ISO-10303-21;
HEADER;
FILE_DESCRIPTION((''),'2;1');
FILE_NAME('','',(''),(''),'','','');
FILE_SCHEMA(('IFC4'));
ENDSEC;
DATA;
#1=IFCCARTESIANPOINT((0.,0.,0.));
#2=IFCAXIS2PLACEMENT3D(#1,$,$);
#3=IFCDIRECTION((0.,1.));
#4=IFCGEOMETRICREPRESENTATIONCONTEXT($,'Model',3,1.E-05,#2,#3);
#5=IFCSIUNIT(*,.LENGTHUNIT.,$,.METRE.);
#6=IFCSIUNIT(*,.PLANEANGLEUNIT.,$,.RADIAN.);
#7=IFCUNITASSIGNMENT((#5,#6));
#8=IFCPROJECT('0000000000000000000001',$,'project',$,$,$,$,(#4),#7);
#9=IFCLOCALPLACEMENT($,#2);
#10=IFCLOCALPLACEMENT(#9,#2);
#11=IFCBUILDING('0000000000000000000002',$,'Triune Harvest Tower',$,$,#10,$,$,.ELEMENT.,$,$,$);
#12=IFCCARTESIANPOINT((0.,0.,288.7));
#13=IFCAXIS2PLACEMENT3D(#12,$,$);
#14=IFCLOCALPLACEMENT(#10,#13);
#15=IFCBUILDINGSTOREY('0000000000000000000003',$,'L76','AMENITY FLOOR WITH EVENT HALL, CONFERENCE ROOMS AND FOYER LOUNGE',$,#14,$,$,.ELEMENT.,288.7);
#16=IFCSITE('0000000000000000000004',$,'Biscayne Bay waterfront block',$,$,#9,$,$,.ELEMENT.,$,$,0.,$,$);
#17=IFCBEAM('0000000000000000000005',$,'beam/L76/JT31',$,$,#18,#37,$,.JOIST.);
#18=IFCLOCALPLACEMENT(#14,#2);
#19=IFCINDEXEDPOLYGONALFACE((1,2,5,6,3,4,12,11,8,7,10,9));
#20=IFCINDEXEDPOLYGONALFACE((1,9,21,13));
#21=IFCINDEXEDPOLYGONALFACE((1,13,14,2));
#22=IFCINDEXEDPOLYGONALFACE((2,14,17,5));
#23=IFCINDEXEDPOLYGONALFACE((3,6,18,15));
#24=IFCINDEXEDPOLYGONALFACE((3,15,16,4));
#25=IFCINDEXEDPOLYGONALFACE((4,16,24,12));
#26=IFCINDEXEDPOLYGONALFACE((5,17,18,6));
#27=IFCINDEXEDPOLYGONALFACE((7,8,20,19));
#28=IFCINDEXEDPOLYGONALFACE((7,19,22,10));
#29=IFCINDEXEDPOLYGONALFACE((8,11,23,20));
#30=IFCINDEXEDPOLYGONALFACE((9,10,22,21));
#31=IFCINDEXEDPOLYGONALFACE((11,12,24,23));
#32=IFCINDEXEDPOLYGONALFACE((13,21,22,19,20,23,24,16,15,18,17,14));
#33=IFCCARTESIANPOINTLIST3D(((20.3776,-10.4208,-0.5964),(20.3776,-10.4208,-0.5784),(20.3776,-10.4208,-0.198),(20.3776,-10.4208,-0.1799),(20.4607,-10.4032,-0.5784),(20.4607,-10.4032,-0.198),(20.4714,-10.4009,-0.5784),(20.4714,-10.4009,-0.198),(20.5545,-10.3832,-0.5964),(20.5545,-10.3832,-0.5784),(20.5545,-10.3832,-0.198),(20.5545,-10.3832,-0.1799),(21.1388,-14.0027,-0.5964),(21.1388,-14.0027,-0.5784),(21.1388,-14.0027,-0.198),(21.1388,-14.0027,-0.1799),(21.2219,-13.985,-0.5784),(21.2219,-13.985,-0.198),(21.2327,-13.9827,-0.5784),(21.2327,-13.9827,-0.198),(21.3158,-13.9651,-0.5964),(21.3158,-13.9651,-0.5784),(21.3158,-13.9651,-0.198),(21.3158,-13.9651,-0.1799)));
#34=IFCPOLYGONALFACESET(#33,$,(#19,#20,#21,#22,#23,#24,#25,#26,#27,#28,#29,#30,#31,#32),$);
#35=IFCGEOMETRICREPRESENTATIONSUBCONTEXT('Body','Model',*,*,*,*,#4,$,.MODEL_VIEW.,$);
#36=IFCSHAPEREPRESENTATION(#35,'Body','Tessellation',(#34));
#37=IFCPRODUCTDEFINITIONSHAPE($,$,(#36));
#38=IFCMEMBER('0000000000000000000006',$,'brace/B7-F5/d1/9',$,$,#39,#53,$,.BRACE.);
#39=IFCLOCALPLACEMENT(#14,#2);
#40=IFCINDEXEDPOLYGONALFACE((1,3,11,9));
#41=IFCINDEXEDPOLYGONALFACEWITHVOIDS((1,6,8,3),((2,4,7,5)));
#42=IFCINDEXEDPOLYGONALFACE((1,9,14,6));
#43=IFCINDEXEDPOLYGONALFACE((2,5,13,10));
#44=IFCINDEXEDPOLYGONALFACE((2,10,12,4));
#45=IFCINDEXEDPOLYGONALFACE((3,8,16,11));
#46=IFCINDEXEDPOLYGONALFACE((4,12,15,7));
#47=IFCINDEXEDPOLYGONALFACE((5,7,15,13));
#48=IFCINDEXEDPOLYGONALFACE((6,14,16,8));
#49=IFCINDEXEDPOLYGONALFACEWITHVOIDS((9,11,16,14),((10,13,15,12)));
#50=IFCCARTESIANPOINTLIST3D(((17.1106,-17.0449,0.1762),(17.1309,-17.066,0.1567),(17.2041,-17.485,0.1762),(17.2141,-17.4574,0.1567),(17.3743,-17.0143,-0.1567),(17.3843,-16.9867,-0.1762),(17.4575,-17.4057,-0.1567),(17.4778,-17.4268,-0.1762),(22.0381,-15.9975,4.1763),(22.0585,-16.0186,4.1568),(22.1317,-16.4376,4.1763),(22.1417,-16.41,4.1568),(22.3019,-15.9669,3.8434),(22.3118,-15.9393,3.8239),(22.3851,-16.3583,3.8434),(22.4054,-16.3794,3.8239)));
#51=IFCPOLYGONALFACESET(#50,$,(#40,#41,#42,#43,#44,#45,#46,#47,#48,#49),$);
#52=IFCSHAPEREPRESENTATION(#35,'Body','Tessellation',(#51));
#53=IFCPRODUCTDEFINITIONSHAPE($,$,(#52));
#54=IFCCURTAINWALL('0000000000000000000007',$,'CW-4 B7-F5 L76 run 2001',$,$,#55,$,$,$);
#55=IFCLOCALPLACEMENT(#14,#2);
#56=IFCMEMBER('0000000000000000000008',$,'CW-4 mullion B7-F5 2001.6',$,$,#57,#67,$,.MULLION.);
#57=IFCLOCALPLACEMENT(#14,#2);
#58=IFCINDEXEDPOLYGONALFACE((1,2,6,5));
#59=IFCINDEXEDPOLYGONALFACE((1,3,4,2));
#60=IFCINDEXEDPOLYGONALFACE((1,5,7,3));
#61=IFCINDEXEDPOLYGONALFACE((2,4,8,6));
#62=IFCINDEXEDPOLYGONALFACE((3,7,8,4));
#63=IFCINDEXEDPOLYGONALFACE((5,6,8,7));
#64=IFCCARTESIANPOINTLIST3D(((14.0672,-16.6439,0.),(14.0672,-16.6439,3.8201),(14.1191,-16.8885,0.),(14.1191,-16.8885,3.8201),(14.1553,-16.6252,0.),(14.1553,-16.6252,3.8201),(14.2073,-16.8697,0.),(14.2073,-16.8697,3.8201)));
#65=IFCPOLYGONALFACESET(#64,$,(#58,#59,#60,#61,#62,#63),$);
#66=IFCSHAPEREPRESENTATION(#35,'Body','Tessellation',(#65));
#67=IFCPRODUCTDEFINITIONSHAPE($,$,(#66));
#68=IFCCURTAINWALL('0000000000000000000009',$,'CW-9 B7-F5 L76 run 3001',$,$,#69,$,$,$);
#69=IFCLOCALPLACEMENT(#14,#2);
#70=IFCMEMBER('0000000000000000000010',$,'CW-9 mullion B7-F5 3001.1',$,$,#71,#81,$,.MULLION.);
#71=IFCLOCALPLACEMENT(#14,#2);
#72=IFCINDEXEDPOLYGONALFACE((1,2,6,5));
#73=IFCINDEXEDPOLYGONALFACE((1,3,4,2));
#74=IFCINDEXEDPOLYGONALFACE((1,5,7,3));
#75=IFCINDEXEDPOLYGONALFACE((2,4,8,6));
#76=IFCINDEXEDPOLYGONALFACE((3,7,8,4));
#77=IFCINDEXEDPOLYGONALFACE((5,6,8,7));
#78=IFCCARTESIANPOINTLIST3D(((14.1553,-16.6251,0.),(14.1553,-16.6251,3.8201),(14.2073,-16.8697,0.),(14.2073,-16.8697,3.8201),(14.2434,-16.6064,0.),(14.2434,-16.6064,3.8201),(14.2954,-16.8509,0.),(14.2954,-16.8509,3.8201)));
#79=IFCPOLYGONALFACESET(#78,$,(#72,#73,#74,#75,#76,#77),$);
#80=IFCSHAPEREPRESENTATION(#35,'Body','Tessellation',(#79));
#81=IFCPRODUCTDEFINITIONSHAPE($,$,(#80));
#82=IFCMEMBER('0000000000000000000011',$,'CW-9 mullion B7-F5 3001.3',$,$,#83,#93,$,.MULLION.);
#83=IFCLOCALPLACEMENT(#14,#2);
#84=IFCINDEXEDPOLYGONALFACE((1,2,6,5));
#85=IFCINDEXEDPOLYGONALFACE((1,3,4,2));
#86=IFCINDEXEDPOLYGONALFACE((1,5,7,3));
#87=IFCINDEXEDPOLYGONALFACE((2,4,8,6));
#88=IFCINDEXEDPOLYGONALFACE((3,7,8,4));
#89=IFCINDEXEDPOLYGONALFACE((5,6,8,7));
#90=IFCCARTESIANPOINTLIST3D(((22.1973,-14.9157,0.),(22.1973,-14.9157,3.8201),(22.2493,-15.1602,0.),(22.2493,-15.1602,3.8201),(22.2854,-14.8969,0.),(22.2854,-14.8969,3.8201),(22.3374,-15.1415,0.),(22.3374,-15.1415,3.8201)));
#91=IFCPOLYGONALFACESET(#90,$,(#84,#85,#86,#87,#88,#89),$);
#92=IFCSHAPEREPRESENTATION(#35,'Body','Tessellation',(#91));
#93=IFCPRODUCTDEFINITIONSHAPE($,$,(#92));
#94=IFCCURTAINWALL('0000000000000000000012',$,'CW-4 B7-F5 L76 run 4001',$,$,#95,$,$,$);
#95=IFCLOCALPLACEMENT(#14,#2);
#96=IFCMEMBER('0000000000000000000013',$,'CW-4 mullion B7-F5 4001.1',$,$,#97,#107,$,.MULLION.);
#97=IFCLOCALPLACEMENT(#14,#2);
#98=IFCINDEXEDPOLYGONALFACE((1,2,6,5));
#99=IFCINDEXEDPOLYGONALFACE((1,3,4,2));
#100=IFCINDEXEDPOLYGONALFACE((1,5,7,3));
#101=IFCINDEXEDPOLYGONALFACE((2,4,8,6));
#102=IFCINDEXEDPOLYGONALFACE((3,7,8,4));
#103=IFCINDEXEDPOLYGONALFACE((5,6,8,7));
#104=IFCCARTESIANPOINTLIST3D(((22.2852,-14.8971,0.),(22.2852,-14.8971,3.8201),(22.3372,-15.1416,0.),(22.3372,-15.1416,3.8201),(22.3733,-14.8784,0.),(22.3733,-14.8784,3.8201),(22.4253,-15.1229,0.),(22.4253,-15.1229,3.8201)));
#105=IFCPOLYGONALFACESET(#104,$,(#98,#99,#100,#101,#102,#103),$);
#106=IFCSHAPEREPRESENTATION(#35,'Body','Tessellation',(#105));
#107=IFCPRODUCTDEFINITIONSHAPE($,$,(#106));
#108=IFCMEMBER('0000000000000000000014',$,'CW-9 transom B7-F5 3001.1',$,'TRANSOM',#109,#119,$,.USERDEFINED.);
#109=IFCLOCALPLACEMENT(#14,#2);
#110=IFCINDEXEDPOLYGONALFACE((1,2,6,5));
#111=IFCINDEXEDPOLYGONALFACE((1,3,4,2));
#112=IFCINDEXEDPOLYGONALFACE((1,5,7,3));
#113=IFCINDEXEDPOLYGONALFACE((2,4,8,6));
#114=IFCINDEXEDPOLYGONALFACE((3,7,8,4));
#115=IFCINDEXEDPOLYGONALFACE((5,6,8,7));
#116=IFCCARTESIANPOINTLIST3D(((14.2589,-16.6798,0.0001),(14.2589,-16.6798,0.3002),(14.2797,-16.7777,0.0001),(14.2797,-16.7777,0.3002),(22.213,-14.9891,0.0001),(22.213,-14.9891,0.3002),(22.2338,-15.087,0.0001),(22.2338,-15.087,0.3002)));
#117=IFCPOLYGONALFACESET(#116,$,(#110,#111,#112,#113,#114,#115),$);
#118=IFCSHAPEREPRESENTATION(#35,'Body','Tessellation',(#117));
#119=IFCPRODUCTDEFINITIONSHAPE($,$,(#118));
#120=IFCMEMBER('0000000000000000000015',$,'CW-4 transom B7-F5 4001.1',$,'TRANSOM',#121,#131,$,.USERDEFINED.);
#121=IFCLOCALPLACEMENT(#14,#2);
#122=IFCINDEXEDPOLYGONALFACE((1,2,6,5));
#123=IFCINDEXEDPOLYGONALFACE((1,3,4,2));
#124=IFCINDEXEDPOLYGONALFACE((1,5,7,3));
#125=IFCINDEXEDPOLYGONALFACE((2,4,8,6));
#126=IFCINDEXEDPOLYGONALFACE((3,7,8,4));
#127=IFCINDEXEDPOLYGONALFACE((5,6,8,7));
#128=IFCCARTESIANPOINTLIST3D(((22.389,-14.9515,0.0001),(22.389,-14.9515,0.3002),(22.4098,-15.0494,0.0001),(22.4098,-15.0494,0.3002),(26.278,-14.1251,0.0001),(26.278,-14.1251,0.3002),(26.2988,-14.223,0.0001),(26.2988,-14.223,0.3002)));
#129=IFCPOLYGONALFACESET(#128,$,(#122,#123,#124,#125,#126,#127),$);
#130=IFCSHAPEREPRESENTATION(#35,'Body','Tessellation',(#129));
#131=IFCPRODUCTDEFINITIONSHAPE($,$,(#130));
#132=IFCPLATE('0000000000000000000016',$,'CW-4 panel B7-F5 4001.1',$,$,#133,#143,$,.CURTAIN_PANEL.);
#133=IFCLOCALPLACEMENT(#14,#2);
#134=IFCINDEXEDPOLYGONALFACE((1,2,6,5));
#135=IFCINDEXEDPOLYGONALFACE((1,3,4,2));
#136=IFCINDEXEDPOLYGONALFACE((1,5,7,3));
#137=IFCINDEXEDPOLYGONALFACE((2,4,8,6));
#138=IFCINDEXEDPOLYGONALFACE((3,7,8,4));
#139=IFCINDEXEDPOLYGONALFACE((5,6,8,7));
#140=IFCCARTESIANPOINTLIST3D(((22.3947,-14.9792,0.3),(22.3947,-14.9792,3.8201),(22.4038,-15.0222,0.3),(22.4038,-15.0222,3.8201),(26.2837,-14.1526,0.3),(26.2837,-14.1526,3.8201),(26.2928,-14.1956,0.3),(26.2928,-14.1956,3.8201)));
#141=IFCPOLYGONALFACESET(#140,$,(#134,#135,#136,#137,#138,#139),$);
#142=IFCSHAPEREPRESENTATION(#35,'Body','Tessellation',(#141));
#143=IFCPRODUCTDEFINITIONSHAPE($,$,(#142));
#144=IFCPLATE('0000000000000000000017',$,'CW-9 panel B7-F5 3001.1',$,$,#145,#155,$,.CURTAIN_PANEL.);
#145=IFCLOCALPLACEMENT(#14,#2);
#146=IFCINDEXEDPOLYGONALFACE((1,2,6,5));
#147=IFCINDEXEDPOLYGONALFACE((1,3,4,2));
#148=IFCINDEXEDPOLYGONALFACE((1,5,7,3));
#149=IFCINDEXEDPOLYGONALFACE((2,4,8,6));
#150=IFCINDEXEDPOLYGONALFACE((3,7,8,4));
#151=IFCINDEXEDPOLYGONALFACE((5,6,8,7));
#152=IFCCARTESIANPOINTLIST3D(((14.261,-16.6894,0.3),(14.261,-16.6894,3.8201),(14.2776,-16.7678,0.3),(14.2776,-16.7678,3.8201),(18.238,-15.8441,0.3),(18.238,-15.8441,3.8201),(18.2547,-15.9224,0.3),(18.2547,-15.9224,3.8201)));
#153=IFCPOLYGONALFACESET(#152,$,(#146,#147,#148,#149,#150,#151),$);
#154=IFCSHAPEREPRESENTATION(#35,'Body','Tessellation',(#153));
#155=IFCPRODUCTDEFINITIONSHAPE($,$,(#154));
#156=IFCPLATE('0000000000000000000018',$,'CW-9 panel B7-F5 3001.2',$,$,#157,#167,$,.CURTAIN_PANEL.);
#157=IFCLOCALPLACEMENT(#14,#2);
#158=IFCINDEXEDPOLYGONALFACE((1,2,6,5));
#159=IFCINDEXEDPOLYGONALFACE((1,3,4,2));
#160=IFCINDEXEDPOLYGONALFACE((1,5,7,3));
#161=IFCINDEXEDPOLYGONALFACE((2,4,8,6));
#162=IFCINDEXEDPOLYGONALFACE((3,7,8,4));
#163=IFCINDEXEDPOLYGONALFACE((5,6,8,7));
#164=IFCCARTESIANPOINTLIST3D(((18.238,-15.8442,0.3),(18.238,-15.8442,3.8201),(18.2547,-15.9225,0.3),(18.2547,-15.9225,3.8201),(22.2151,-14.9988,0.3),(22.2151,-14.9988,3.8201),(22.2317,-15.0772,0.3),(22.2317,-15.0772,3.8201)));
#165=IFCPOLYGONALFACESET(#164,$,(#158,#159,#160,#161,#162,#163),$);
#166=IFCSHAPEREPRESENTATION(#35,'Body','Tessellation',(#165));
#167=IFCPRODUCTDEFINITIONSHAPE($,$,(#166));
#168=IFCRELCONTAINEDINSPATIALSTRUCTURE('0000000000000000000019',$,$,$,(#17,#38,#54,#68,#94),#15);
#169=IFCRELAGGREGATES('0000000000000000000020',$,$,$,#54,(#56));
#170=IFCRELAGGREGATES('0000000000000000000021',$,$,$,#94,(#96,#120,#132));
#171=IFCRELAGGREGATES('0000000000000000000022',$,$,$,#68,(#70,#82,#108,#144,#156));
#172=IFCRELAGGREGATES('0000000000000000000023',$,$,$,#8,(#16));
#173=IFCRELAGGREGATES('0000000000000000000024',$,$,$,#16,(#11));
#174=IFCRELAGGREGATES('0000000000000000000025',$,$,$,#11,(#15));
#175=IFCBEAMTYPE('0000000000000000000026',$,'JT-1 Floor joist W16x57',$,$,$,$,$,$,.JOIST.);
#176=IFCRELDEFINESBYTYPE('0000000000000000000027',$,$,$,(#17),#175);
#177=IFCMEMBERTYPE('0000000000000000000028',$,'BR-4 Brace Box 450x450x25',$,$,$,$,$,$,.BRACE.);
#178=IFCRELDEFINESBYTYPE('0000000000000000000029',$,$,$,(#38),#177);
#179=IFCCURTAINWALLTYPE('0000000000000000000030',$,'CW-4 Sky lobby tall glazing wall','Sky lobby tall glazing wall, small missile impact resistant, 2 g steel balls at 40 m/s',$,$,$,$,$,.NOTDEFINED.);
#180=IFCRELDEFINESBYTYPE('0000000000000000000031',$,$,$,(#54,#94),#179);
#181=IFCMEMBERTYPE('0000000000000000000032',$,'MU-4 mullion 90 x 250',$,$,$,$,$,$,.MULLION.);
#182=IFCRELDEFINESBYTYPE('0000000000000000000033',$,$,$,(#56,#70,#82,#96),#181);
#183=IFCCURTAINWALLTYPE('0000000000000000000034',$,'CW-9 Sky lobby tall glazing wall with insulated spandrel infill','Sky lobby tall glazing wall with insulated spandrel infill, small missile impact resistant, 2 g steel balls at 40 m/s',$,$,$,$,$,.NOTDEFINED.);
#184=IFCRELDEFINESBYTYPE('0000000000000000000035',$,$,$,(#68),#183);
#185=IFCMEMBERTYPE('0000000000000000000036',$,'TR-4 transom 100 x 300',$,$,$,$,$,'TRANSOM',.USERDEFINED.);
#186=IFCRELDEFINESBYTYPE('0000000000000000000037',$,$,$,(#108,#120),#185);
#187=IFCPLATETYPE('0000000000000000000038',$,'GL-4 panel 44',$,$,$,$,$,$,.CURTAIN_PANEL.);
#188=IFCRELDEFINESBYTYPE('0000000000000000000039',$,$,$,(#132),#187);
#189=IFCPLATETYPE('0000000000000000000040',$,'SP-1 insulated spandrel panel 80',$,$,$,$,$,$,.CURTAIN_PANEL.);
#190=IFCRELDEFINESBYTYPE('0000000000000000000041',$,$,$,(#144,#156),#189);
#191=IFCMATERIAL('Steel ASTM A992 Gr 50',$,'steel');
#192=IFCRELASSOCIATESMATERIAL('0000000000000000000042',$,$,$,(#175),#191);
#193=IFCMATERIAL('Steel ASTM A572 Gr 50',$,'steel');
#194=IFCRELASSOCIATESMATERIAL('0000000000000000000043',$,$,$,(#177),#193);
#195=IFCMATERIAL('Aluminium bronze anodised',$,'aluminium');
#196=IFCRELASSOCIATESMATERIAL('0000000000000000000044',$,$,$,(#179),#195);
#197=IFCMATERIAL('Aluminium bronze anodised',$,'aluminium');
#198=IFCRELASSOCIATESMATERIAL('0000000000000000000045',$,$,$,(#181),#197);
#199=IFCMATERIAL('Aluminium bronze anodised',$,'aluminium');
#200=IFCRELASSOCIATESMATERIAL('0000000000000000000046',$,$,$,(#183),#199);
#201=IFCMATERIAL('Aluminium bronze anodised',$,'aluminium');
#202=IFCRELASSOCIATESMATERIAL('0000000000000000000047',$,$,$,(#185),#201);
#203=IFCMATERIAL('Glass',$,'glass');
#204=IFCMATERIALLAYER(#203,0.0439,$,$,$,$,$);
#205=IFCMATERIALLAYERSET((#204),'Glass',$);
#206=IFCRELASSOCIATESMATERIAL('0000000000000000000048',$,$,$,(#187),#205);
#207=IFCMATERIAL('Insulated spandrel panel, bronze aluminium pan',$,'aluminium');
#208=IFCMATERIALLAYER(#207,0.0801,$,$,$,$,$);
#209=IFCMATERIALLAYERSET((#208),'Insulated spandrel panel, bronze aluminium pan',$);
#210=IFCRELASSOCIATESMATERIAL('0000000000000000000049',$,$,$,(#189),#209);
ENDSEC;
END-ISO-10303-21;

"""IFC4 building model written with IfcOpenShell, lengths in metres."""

from ifc_helpers import new_model, si_unit, direction, frame, origin, origin_2d, place, context, subcontext, project, spatial, rectangle, hollow_rectangle, i_section, extrude, source, transform, mapped, material, layer, layer_set, material_profile, profile_set, type_object, element, aggregate, save


model = new_model("IFC4")

# Units and contexts
model_context = context("Model", 3, precision=1e-05, world=origin(), true_north=direction((0.0, 1.0)))
body_context = subcontext(model_context, "Body", "Model", "MODEL_VIEW")
ifc_project = project(units=[si_unit("LENGTHUNIT", "METRE"), si_unit("PLANEANGLEUNIT", "RADIAN")], contexts=[model_context])

# Site, building, storey
site_placement = place(None, origin())
site = spatial("IfcSite", under=ifc_project, at=site_placement, Name="Biscayne Bay waterfront block", CompositionType="ELEMENT", RefElevation=0.0)
building_placement = place(site_placement, origin())
building = spatial("IfcBuilding", under=site, at=building_placement, Name="Triune Harvest Tower", CompositionType="ELEMENT")
storey_placement = place(building_placement, frame((0.0, 0.0, 288.7)))
storey = spatial("IfcBuildingStorey", under=building, at=storey_placement, Name="L76", Description="AMENITY FLOOR WITH EVENT HALL, CONFERENCE ROOMS AND FOYER LOUNGE", CompositionType="ELEMENT", Elevation=288.7)

# Beam
ifc_material_1 = material(Name="Steel ASTM A992 Gr 50", Category="steel")
ifc_material_profile_1 = material_profile(ifc_material_1, i_section(OverallWidth=0.1809, OverallDepth=0.4165, WebThickness=0.011, FlangeThickness=0.0181, at=origin_2d()), Name="W16x57")
ifc_profile_set_1 = profile_set([ifc_material_profile_1], Name="Steel ASTM A992 Gr 50")
beam_type_1 = type_object("IfcBeamType", Name="JT-1 Floor joist W16x57", PredefinedType="JOIST", material=ifc_profile_set_1)
shared_shape_1 = source(origin(), body_context, "Body", "SweptSolid", [
    extrude(i_section(OverallWidth=0.1809, OverallDepth=0.4165, WebThickness=0.011, FlangeThickness=0.0181, at=origin_2d()), origin(), (0.0, 0.0, 1.0), 3.6619),
])
beam_1_placement = place(storey_placement, frame((21.2273, -13.9839, -0.3882), z_axis=(-0.207885, 0.978153, 0.0), x_axis=(-0.978153, -0.207885, 0.0)))
element("IfcBeam", 1, at=beam_1_placement, inside=storey, type_object=beam_type_1, Name="beam/L76/JT31", PredefinedType="JOIST", context=body_context, shape_type="MappedRepresentation", body=[
    mapped(shared_shape_1, transform((0.0, 0.0, 0.0), scale=1.0)),
])

# Member
ifc_material_2 = material(Name="Steel ASTM A572 Gr 50", Category="steel")
ifc_material_profile_2 = material_profile(ifc_material_2, hollow_rectangle(XDim=0.45, YDim=0.45, WallThickness=0.0249, at=origin_2d()), Name="Box 450x450x25")
ifc_profile_set_2 = profile_set([ifc_material_profile_2], Name="Steel ASTM A572 Gr 50")
member_type_1 = type_object("IfcMemberType", Name="BR-4 Brace Box 450x450x25", PredefinedType="BRACE", material=ifc_profile_set_2)
shared_shape_2 = source(origin(), body_context, "Body", "SweptSolid", [
    extrude(hollow_rectangle(XDim=0.45, YDim=0.45, WallThickness=0.0249, at=origin_2d()), origin(), (0.0, 0.0, 1.0), 6.4326),
])
member_1_placement = place(storey_placement, frame((17.2942, -17.2358, 0.0), z_axis=(0.76603, 0.162824, 0.621842), x_axis=(-0.20791, 0.978148, 0.0)))
element("IfcMember", 2, at=member_1_placement, inside=storey, type_object=member_type_1, Name="brace/B7-F5/d1/9", PredefinedType="BRACE", context=body_context, shape_type="MappedRepresentation", body=[
    mapped(shared_shape_2, transform((0.0, 0.0, 0.0), scale=1.0)),
])

# Curtain wall, member
ifc_material_3 = material(Name="Aluminium bronze anodised", Category="aluminium")
curtain_wall_type_1 = type_object("IfcCurtainWallType", Name="CW-4 Sky lobby tall glazing wall", Description="Sky lobby tall glazing wall, small missile impact resistant, 2 g steel balls at 40 m/s", PredefinedType="NOTDEFINED", material=ifc_material_3)
curtain_wall_1_placement = place(storey_placement, origin())
curtain_wall_1 = element("IfcCurtainWall", 3, at=curtain_wall_1_placement, inside=storey, type_object=curtain_wall_type_1, Name="CW-4 B7-F5 L76 run 2001")
ifc_material_4 = material(Name="Aluminium bronze anodised", Category="aluminium")
ifc_material_profile_3 = material_profile(ifc_material_4, rectangle(XDim=0.25, YDim=0.0901, at=origin_2d()), Name="MU-4 mullion 90 x 250")
ifc_profile_set_3 = profile_set([ifc_material_profile_3], Name="Aluminium bronze anodised")
member_type_2 = type_object("IfcMemberType", Name="MU-4 mullion 90 x 250", PredefinedType="MULLION", material=ifc_profile_set_3)
shared_shape_3 = source(origin(), body_context, "Body", "SweptSolid", [
    extrude(rectangle(XDim=0.25, YDim=0.0901, at=origin_2d()), origin(), (0.0, 0.0, 1.0), 3.8201),
])
member_2_placement = place(storey_placement, frame((14.1372, -16.7568, 0.0), z_axis=(0.0, 0.0, 1.0), x_axis=(-0.207913, 0.978147, 0.0)))
member_2 = element("IfcMember", 4, at=member_2_placement, type_object=member_type_2, Name="CW-4 mullion B7-F5 2001.6", PredefinedType="MULLION", context=body_context, shape_type="MappedRepresentation", body=[
    mapped(shared_shape_3, transform((0.0, 0.0, 0.0), scale=1.0)),
])
aggregate(curtain_wall_1, [member_2])

# Curtain wall, members
ifc_material_5 = material(Name="Aluminium bronze anodised", Category="aluminium")
curtain_wall_type_2 = type_object("IfcCurtainWallType", Name="CW-9 Sky lobby tall glazing wall with insulated spandrel infill", Description="Sky lobby tall glazing wall with insulated spandrel infill, small missile impact resistant, 2 g steel balls at 40 m/s", PredefinedType="NOTDEFINED", material=ifc_material_5)
curtain_wall_2_placement = place(storey_placement, origin())
curtain_wall_2 = element("IfcCurtainWall", 5, at=curtain_wall_2_placement, inside=storey, type_object=curtain_wall_type_2, Name="CW-9 B7-F5 L76 run 3001")
member_3_placement = place(storey_placement, frame((14.2253, -16.738, 0.0), z_axis=(0.0, 0.0, 1.0), x_axis=(-0.207913, 0.978147, 0.0)))
member_3 = element("IfcMember", 6, at=member_3_placement, type_object=member_type_2, Name="CW-9 mullion B7-F5 3001.1", PredefinedType="MULLION", context=body_context, shape_type="MappedRepresentation", body=[
    mapped(shared_shape_3, transform((0.0, 0.0, 0.0), scale=1.0)),
])
member_4_placement = place(storey_placement, frame((22.2673, -15.0286, 0.0), z_axis=(0.0, 0.0, 1.0), x_axis=(-0.207913, 0.978147, 0.0)))
member_4 = element("IfcMember", 7, at=member_4_placement, type_object=member_type_2, Name="CW-9 mullion B7-F5 3001.3", PredefinedType="MULLION", context=body_context, shape_type="MappedRepresentation", body=[
    mapped(shared_shape_3, transform((0.0, 0.0, 0.0), scale=1.0)),
])

# Curtain wall, member
curtain_wall_3_placement = place(storey_placement, origin())
curtain_wall_3 = element("IfcCurtainWall", 8, at=curtain_wall_3_placement, inside=storey, type_object=curtain_wall_type_1, Name="CW-4 B7-F5 L76 run 4001")
member_5_placement = place(storey_placement, frame((22.3552, -15.01, 0.0), z_axis=(0.0, 0.0, 1.0), x_axis=(-0.207901, 0.97815, 0.0)))
member_5 = element("IfcMember", 9, at=member_5_placement, type_object=member_type_2, Name="CW-4 mullion B7-F5 4001.1", PredefinedType="MULLION", context=body_context, shape_type="MappedRepresentation", body=[
    mapped(shared_shape_3, transform((0.0, 0.0, 0.0), scale=1.0)),
])

# Members
ifc_material_6 = material(Name="Aluminium bronze anodised", Category="aluminium")
ifc_material_profile_4 = material_profile(ifc_material_6, rectangle(XDim=0.1001, YDim=0.3, at=origin_2d()), Name="TR-4 transom 100 x 300")
ifc_profile_set_4 = profile_set([ifc_material_profile_4], Name="Aluminium bronze anodised")
member_type_3 = type_object("IfcMemberType", Name="TR-4 transom 100 x 300", ElementType="TRANSOM", PredefinedType="USERDEFINED", material=ifc_profile_set_4)
shared_shape_4 = source(origin(), body_context, "Body", "SweptSolid", [
    extrude(rectangle(XDim=0.1001, YDim=0.3, at=origin_2d()), origin(), (0.0, 0.0, 1.0), 8.1318),
])
member_6_placement = place(storey_placement, frame((14.2693, -16.7288, 0.1501), z_axis=(0.978148, 0.207909, 0.0), x_axis=(-0.207909, 0.978148, 0.0)))
member_6 = element("IfcMember", 10, at=member_6_placement, type_object=member_type_3, Name="CW-9 transom B7-F5 3001.1", ObjectType="TRANSOM", PredefinedType="USERDEFINED", context=body_context, shape_type="MappedRepresentation", body=[
    mapped(shared_shape_4, transform((0.0, 0.0, 0.0), scale=1.0)),
])
shared_shape_5 = source(origin(), body_context, "Body", "SweptSolid", [
    extrude(rectangle(XDim=0.1001, YDim=0.3, at=origin_2d()), origin(), (0.0, 0.0, 1.0), 3.9758),
])
member_7_placement = place(storey_placement, frame((22.3994, -15.0005, 0.1501), z_axis=(0.978158, 0.207864, 0.0), x_axis=(-0.207864, 0.978158, 0.0)))
member_7 = element("IfcMember", 11, at=member_7_placement, type_object=member_type_3, Name="CW-4 transom B7-F5 4001.1", ObjectType="TRANSOM", PredefinedType="USERDEFINED", context=body_context, shape_type="MappedRepresentation", body=[
    mapped(shared_shape_5, transform((0.0, 0.0, 0.0), scale=1.0)),
])

# Plates
ifc_material_7 = material(Name="Glass", Category="glass")
ifc_layer_1 = layer(ifc_material_7, 0.0439)
ifc_layer_set_1 = layer_set([ifc_layer_1], Name="Glass")
plate_type_1 = type_object("IfcPlateType", Name="GL-4 panel 44", PredefinedType="CURTAIN_PANEL", material=ifc_layer_set_1)
shared_shape_6 = source(origin(), body_context, "Body", "SweptSolid", [
    extrude(rectangle(XDim=3.9758, YDim=0.0439, at=origin_2d()), origin(), (0.0, 0.0, 1.0), 3.52),
])
plate_1_placement = place(storey_placement, frame((24.3438, -14.5874, 0.3), z_axis=(0.0, 0.0, 1.0), x_axis=(0.97815, 0.207901, 0.0)))
plate_1 = element("IfcPlate", 12, at=plate_1_placement, type_object=plate_type_1, Name="CW-4 panel B7-F5 4001.1", PredefinedType="CURTAIN_PANEL", context=body_context, shape_type="MappedRepresentation", body=[
    mapped(shared_shape_6, transform((0.0, 0.0, 0.0), scale=1.0)),
])
aggregate(curtain_wall_3, [member_5, member_7, plate_1])
ifc_material_8 = material(Name="Insulated spandrel panel, bronze aluminium pan", Category="aluminium")
ifc_layer_2 = layer(ifc_material_8, 0.0801)
ifc_layer_set_2 = layer_set([ifc_layer_2], Name="Insulated spandrel panel, bronze aluminium pan")
plate_type_2 = type_object("IfcPlateType", Name="SP-1 insulated spandrel panel 80", PredefinedType="CURTAIN_PANEL", material=ifc_layer_set_2)
shared_shape_7 = source(origin(), body_context, "Body", "SweptSolid", [
    extrude(rectangle(XDim=4.0659, YDim=0.0801, at=origin_2d()), origin(), (0.0, 0.0, 1.0), 3.52),
])
plate_2_placement = place(storey_placement, frame((16.2578, -16.3059, 0.3), z_axis=(0.0, 0.0, 1.0), x_axis=(0.978147, 0.207913, 0.0)))
plate_2 = element("IfcPlate", 13, at=plate_2_placement, type_object=plate_type_2, Name="CW-9 panel B7-F5 3001.1", PredefinedType="CURTAIN_PANEL", context=body_context, shape_type="MappedRepresentation", body=[
    mapped(shared_shape_7, transform((0.0, 0.0, 0.0), scale=1.0)),
])
plate_3_placement = place(storey_placement, frame((20.2349, -15.4607, 0.3), z_axis=(0.0, 0.0, 1.0), x_axis=(0.978147, 0.207913, 0.0)))
plate_3 = element("IfcPlate", 14, at=plate_3_placement, type_object=plate_type_2, Name="CW-9 panel B7-F5 3001.2", PredefinedType="CURTAIN_PANEL", context=body_context, shape_type="MappedRepresentation", body=[
    mapped(shared_shape_7, transform((0.0, 0.0, 0.0), scale=1.0)),
])
aggregate(curtain_wall_2, [member_3, member_4, member_6, plate_2, plate_3])

save(model, "model.ifc")
